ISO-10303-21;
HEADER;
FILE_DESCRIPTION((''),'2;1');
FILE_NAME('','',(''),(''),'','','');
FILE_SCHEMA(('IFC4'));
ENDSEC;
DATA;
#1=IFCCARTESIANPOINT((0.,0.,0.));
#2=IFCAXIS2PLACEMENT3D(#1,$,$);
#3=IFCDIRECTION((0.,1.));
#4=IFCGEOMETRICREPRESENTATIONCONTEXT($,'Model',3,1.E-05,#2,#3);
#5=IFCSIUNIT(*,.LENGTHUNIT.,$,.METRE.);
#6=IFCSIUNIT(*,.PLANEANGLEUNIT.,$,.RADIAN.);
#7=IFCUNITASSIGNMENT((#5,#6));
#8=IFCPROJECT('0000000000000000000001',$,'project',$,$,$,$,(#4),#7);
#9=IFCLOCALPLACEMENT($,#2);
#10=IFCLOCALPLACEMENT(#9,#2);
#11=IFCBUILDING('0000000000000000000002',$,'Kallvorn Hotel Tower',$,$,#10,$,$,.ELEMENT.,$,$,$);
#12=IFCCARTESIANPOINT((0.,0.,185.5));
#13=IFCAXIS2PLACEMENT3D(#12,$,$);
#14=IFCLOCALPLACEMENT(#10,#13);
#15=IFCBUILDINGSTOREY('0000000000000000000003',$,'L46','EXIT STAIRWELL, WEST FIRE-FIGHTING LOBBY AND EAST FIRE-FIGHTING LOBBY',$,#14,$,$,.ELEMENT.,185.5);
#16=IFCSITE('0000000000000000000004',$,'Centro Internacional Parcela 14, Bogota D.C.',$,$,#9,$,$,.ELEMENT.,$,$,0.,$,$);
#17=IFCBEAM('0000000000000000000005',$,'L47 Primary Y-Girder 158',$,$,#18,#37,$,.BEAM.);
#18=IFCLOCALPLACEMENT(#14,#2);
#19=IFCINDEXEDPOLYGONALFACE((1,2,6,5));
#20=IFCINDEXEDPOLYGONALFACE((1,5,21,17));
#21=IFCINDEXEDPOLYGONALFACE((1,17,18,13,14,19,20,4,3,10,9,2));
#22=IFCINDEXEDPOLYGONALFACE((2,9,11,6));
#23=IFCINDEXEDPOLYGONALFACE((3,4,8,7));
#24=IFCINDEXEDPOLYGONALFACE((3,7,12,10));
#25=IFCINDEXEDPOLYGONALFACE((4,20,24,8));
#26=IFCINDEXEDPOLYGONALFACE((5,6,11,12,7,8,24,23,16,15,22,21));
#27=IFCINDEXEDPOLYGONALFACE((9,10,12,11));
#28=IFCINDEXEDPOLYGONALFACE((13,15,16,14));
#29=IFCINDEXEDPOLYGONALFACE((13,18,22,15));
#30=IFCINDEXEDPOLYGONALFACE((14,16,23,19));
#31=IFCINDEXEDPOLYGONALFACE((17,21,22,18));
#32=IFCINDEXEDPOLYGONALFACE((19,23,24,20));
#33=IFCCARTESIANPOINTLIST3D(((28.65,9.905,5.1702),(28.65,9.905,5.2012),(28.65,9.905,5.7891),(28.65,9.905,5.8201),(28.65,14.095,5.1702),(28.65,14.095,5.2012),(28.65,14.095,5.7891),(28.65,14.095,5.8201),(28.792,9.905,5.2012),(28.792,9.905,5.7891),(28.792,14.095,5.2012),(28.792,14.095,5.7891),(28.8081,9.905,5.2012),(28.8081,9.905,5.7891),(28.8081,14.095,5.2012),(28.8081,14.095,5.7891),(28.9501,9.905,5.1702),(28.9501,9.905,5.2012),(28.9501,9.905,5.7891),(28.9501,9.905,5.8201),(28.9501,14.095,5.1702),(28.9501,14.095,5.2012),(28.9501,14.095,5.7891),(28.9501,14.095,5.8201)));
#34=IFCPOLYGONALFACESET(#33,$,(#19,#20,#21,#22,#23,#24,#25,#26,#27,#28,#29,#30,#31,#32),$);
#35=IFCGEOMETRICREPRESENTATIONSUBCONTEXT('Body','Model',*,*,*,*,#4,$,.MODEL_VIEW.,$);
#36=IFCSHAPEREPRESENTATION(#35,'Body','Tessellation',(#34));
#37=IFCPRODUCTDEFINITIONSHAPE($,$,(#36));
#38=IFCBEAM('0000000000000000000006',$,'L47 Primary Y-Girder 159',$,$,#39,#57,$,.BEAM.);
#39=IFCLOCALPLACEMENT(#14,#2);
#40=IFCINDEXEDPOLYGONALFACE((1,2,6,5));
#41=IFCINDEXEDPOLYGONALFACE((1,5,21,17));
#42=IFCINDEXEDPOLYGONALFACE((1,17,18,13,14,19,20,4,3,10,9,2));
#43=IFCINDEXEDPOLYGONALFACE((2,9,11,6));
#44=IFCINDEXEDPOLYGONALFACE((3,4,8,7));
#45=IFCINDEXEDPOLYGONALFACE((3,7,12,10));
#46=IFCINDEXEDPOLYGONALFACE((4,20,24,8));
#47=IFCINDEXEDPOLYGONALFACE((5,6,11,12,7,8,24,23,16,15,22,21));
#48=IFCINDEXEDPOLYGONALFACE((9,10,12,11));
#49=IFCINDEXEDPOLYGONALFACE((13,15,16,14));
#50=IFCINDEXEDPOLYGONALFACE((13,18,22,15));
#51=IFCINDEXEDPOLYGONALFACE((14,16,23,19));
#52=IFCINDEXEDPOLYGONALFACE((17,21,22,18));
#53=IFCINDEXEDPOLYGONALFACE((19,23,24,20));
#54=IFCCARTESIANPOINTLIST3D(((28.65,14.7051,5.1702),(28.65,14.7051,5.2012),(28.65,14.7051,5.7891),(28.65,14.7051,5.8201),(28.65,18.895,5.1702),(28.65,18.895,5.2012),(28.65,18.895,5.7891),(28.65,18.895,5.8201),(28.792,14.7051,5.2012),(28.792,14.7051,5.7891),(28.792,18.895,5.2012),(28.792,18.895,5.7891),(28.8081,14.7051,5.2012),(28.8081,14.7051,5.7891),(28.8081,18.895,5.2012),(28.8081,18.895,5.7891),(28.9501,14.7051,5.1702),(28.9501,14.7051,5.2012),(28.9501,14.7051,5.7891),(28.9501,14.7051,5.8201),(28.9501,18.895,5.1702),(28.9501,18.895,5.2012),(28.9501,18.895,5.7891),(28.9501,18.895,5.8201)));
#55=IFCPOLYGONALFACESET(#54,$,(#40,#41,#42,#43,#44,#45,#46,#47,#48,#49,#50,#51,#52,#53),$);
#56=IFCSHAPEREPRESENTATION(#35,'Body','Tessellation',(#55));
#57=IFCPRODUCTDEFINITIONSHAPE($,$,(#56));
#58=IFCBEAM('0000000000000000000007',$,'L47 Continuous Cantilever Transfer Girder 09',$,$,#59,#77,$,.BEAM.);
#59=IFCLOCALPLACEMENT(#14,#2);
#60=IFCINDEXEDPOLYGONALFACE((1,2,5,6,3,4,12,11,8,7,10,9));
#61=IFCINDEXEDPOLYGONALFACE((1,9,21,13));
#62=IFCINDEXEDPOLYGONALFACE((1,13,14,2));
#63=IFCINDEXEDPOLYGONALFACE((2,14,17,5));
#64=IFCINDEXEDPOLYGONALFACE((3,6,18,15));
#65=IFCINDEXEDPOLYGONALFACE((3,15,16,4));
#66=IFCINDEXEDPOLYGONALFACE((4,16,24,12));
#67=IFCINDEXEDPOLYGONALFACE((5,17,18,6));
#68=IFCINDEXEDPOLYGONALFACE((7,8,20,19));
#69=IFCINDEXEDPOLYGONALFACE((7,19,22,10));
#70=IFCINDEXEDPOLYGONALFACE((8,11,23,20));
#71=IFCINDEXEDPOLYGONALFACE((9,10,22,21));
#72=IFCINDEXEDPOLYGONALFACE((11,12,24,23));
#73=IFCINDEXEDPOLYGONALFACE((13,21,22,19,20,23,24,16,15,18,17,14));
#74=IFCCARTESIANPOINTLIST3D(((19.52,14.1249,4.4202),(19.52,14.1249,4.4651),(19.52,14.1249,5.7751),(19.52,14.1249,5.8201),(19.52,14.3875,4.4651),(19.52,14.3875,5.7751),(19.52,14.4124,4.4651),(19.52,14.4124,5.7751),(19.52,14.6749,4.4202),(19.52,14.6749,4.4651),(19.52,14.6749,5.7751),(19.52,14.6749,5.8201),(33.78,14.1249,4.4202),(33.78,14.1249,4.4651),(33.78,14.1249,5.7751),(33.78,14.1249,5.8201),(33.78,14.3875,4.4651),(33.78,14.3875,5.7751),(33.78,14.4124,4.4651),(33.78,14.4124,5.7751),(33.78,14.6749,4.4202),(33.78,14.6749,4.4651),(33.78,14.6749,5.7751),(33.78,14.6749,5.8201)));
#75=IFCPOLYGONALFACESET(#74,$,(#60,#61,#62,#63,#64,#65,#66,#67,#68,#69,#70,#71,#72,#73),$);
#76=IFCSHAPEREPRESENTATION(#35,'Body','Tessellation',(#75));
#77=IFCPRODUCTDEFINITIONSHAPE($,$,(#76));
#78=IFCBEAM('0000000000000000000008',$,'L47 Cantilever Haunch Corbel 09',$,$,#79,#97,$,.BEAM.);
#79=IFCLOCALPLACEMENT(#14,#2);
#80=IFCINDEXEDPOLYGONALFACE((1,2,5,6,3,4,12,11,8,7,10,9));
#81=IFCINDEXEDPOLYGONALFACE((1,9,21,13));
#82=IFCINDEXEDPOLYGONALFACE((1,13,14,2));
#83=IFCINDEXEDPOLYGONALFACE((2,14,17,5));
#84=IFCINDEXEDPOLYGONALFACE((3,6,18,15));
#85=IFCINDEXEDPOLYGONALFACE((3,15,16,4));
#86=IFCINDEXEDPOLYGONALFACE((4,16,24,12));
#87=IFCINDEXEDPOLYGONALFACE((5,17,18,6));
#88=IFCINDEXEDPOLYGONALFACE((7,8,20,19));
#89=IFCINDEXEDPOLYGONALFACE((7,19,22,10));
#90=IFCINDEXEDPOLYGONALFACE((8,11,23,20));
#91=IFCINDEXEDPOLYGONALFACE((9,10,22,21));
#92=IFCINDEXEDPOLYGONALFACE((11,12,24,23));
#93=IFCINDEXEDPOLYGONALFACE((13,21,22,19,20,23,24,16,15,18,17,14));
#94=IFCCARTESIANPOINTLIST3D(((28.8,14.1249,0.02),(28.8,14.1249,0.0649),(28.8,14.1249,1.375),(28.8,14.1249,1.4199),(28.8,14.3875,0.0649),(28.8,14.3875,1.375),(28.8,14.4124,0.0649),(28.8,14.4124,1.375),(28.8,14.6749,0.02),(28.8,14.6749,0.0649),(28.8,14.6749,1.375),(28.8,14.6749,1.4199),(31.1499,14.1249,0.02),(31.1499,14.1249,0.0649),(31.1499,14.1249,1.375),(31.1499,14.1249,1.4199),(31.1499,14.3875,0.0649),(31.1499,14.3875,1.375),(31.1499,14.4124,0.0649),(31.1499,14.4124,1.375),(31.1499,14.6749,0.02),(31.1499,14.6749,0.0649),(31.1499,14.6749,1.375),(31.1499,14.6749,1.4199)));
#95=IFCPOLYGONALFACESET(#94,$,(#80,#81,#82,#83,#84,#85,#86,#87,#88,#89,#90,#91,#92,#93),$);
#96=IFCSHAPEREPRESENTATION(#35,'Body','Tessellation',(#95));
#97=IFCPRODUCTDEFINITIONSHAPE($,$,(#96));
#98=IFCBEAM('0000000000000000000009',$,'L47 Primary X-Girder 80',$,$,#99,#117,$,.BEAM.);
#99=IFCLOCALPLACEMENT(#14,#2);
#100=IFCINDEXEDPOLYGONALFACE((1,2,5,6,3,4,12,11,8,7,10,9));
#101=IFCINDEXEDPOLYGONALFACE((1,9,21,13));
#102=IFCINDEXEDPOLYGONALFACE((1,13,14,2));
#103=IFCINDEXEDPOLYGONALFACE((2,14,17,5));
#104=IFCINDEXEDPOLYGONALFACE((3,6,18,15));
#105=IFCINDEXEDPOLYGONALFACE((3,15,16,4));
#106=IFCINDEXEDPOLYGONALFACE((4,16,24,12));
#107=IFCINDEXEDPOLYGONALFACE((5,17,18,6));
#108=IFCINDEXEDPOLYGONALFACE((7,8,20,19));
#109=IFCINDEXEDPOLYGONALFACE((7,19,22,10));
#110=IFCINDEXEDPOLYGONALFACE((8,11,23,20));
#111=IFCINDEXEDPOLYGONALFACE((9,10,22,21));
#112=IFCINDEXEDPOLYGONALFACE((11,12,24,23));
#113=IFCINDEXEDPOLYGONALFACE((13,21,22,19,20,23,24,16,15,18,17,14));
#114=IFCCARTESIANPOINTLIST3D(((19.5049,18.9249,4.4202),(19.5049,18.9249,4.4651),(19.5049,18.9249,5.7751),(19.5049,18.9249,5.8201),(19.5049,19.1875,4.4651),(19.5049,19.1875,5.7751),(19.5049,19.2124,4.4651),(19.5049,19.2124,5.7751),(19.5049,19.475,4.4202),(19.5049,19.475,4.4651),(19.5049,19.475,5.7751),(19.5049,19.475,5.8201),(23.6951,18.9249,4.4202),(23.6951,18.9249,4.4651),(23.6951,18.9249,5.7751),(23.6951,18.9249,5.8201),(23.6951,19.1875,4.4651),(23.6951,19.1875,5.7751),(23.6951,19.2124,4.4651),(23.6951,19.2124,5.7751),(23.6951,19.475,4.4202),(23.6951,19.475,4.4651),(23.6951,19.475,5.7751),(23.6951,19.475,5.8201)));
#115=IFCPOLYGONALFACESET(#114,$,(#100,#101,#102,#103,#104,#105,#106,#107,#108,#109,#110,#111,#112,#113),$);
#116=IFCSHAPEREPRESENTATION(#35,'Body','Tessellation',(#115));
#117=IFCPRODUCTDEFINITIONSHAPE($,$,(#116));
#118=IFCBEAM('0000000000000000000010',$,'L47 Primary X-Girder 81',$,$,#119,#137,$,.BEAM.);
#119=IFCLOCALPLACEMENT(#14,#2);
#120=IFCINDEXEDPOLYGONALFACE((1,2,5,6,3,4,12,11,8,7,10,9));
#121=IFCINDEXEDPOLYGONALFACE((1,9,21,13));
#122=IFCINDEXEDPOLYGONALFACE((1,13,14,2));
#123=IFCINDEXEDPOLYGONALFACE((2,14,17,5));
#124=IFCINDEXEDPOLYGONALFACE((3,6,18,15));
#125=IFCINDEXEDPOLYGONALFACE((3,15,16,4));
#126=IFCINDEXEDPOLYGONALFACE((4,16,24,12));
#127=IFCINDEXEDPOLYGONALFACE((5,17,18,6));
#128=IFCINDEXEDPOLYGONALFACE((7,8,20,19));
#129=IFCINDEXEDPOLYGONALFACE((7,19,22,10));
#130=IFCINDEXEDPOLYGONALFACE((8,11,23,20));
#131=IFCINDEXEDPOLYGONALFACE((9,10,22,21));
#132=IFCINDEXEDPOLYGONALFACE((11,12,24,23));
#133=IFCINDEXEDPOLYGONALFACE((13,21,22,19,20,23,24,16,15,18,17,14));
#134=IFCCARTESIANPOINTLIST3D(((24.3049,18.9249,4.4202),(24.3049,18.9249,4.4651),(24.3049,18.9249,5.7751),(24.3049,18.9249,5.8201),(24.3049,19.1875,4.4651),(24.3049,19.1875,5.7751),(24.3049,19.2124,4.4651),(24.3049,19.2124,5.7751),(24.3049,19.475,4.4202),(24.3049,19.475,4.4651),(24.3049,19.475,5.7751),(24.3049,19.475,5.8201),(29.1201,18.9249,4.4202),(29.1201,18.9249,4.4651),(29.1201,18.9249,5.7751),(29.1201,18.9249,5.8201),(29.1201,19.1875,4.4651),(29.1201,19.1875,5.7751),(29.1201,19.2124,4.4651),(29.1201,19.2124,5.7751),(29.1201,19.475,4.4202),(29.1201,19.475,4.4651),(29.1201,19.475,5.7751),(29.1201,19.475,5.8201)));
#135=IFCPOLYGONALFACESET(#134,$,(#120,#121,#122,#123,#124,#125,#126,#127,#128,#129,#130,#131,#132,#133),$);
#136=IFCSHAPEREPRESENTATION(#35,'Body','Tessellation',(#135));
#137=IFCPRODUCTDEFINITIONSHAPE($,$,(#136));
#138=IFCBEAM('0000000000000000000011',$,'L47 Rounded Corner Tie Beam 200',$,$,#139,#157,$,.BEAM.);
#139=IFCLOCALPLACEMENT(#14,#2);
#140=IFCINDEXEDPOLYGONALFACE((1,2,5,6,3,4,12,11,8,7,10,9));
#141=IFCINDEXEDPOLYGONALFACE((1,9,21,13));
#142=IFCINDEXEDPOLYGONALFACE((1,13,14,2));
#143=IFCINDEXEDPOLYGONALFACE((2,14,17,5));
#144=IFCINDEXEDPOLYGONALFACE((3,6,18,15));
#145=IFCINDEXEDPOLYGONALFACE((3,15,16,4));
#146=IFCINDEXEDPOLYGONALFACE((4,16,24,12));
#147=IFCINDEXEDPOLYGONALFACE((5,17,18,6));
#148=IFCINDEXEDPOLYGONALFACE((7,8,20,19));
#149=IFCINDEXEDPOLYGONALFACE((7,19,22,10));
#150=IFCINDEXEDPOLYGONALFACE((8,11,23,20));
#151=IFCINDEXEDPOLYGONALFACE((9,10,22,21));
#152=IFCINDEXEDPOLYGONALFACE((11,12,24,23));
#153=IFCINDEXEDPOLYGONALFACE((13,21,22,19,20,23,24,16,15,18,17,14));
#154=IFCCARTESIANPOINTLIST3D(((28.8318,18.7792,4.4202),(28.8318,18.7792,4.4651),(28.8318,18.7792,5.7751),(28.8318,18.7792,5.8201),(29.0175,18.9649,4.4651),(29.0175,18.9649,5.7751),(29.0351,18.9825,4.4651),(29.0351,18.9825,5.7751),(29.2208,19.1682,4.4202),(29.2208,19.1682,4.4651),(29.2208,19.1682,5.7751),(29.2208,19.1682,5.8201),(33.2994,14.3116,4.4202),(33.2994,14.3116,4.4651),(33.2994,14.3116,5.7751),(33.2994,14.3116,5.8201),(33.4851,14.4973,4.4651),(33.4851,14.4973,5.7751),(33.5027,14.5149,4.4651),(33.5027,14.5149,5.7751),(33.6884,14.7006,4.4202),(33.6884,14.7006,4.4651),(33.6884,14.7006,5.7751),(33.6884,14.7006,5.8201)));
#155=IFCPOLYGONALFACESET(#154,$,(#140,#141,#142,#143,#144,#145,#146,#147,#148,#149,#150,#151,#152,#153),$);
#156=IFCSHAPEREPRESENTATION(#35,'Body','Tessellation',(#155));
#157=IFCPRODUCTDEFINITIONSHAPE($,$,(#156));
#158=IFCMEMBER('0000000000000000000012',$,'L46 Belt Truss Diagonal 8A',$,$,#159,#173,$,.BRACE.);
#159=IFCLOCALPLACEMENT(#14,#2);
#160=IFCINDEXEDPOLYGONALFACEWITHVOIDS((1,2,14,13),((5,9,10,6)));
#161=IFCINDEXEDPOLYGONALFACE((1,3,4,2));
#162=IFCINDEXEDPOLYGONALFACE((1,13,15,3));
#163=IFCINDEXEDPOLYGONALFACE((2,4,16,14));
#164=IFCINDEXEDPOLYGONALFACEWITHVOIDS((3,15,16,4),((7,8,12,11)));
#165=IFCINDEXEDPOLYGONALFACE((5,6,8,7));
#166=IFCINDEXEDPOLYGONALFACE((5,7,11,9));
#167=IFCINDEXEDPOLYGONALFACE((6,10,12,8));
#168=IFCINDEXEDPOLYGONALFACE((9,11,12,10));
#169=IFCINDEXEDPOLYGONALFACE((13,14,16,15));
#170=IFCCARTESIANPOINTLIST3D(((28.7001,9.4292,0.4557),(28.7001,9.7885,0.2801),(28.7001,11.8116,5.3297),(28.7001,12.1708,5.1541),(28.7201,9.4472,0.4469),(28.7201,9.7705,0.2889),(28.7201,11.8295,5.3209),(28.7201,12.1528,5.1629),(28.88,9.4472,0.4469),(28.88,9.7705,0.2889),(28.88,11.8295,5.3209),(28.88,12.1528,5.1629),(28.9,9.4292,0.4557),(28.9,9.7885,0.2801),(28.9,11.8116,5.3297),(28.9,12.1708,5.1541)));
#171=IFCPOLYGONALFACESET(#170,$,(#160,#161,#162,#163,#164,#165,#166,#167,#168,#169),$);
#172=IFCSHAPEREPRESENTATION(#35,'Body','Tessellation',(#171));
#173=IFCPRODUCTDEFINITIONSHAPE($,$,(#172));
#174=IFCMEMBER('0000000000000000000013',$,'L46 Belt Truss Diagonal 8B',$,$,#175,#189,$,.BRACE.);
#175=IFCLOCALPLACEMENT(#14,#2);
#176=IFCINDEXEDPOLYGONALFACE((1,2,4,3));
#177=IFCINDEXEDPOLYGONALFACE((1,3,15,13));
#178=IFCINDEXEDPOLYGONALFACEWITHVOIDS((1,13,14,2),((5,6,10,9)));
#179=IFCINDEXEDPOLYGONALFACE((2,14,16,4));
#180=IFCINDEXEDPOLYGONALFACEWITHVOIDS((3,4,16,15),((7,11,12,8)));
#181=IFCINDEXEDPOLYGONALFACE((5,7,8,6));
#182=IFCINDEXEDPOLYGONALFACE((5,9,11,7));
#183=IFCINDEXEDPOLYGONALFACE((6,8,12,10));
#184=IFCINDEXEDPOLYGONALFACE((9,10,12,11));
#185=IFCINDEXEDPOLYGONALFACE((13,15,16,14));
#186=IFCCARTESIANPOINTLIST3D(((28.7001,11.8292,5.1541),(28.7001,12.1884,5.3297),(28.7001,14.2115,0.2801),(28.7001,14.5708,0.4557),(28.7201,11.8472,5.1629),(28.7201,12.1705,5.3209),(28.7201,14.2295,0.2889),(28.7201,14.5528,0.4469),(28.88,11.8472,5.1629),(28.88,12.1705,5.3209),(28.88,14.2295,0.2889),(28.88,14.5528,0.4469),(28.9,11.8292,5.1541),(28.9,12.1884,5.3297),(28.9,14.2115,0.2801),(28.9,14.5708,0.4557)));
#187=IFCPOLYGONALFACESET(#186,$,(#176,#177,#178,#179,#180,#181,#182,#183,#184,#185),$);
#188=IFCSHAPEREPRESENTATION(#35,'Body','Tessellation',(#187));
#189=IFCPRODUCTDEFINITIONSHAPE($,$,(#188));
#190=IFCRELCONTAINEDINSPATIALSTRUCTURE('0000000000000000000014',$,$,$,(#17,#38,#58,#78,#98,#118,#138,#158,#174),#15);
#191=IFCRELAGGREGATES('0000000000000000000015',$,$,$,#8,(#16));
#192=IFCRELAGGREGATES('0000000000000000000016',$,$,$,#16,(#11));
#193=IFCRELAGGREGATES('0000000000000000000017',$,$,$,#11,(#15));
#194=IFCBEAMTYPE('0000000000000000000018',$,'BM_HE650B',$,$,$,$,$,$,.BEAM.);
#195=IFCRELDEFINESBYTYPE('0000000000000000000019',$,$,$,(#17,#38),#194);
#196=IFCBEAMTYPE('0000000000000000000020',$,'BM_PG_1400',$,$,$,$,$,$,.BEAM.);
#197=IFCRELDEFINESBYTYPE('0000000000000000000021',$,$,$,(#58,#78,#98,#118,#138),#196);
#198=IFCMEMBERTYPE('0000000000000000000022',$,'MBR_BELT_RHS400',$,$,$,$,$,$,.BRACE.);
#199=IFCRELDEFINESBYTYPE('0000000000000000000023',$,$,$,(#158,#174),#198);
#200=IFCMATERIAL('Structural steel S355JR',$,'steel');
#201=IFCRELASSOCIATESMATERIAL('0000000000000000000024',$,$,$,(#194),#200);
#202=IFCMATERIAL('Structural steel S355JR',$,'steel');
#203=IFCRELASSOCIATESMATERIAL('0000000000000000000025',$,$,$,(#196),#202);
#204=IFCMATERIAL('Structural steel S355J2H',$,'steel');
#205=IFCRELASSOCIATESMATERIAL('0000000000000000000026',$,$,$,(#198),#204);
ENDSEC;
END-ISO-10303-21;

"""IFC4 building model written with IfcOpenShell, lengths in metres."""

from ifc_helpers import new_model, si_unit, direction, frame, origin, origin_2d, place, context, subcontext, project, spatial, hollow_rectangle, i_section, extrude, material, material_profile, profile_set, type_object, element, save


model = new_model("IFC4")

# Units and contexts
model_context = context("Model", 3, precision=1e-05, world=origin(), true_north=direction((0.0, 1.0)))
body_context = subcontext(model_context, "Body", "Model", "MODEL_VIEW")
ifc_project = project(units=[si_unit("LENGTHUNIT", "METRE"), si_unit("PLANEANGLEUNIT", "RADIAN")], contexts=[model_context])

# Site, building, storey
site_placement = place(None, origin())
site = spatial("IfcSite", under=ifc_project, at=site_placement, Name="Centro Internacional Parcela 14, Bogota D.C.", CompositionType="ELEMENT", RefElevation=0.0)
building_placement = place(site_placement, origin())
building = spatial("IfcBuilding", under=site, at=building_placement, Name="Kallvorn Hotel Tower", CompositionType="ELEMENT")
storey_placement = place(building_placement, frame((0.0, 0.0, 185.5)))
storey = spatial("IfcBuildingStorey", under=building, at=storey_placement, Name="L46", Description="EXIT STAIRWELL, WEST FIRE-FIGHTING LOBBY AND EAST FIRE-FIGHTING LOBBY", CompositionType="ELEMENT", Elevation=185.5)

# Beams
ifc_material_1 = material(Name="Structural steel S355JR", Category="steel")
ifc_material_profile_1 = material_profile(ifc_material_1, i_section(OverallWidth=0.3, OverallDepth=0.6499, WebThickness=0.0161, FlangeThickness=0.031, at=origin_2d()), Name="HE 650 B")
ifc_profile_set_1 = profile_set([ifc_material_profile_1], Name="Structural steel S355JR")
beam_type_1 = type_object("IfcBeamType", Name="BM_HE650B", PredefinedType="BEAM", material=ifc_profile_set_1)
for number, where, z_axis, x_axis, name in (
    (1, (28.8, 9.905, 5.4951), (0.0, 1.0, 0.0), (-1.0, 0.0, 0.0), "L47 Primary Y-Girder 158"),
    (2, (28.8, 14.7051, 5.4951), (0.0, 1.0, 0.0), (-1.0, 0.0, 0.0), "L47 Primary Y-Girder 159"),
):
    element("IfcBeam", number, at=place(storey_placement, frame(where, z_axis=z_axis, x_axis=x_axis)), inside=storey, type_object=beam_type_1, Name=name, PredefinedType="BEAM", context=body_context, shape_type="SweptSolid", body=[
        extrude(i_section(OverallWidth=0.3, OverallDepth=0.6499, WebThickness=0.0161, FlangeThickness=0.031, at=origin_2d()), origin(), (0.0, 0.0, 1.0), 4.1899),
    ])
ifc_material_2 = material(Name="Structural steel S355JR", Category="steel")
ifc_material_profile_2 = material_profile(ifc_material_2, i_section(OverallWidth=0.55, OverallDepth=1.3999, WebThickness=0.0249, FlangeThickness=0.0449, at=origin_2d()), Name="PG 1400x550x25x45")
ifc_profile_set_2 = profile_set([ifc_material_profile_2], Name="Structural steel S355JR")
beam_type_2 = type_object("IfcBeamType", Name="BM_PG_1400", PredefinedType="BEAM", material=ifc_profile_set_2)
beam_1_placement = place(storey_placement, frame((19.52, 14.3999, 5.1201), z_axis=(1.0, 0.0, 0.0), x_axis=(0.0, 1.0, 0.0)))
element("IfcBeam", 3, at=beam_1_placement, inside=storey, type_object=beam_type_2, Name="L47 Continuous Cantilever Transfer Girder 09", PredefinedType="BEAM", context=body_context, shape_type="SweptSolid", body=[
    extrude(i_section(OverallWidth=0.55, OverallDepth=1.3999, WebThickness=0.0249, FlangeThickness=0.0449, at=origin_2d()), origin(), (0.0, 0.0, 1.0), 14.26),
])
beam_2_placement = place(storey_placement, frame((28.8, 14.3999, 0.72), z_axis=(1.0, 0.0, 0.0), x_axis=(0.0, 1.0, 0.0)))
element("IfcBeam", 4, at=beam_2_placement, inside=storey, type_object=beam_type_2, Name="L47 Cantilever Haunch Corbel 09", PredefinedType="BEAM", context=body_context, shape_type="SweptSolid", body=[
    extrude(i_section(OverallWidth=0.55, OverallDepth=1.3999, WebThickness=0.0249, FlangeThickness=0.0449, at=origin_2d()), origin(), (0.0, 0.0, 1.0), 2.3499),
])
beam_3_placement = place(storey_placement, frame((19.5049, 19.2, 5.1201), z_axis=(1.0, 0.0, 0.0), x_axis=(0.0, 1.0, 0.0)))
element("IfcBeam", 5, at=beam_3_placement, inside=storey, type_object=beam_type_2, Name="L47 Primary X-Girder 80", PredefinedType="BEAM", context=body_context, shape_type="SweptSolid", body=[
    extrude(i_section(OverallWidth=0.55, OverallDepth=1.3999, WebThickness=0.0249, FlangeThickness=0.0449, at=origin_2d()), origin(), (0.0, 0.0, 1.0), 4.1902),
])
beam_4_placement = place(storey_placement, frame((24.3049, 19.2, 5.1201), z_axis=(1.0, 0.0, 0.0), x_axis=(0.0, 1.0, 0.0)))
element("IfcBeam", 6, at=beam_4_placement, inside=storey, type_object=beam_type_2, Name="L47 Primary X-Girder 81", PredefinedType="BEAM", context=body_context, shape_type="SweptSolid", body=[
    extrude(i_section(OverallWidth=0.55, OverallDepth=1.3999, WebThickness=0.0249, FlangeThickness=0.0449, at=origin_2d()), origin(), (0.0, 0.0, 1.0), 4.8152),
])
beam_5_placement = place(storey_placement, frame((33.4939, 14.5061, 5.1201), z_axis=(-0.707107, 0.707107, 0.0), x_axis=(-0.707107, -0.707107, 0.0)))
element("IfcBeam", 7, at=beam_5_placement, inside=storey, type_object=beam_type_2, Name="L47 Rounded Corner Tie Beam 200", PredefinedType="BEAM", context=body_context, shape_type="SweptSolid", body=[
    extrude(i_section(OverallWidth=0.55, OverallDepth=1.3999, WebThickness=0.0249, FlangeThickness=0.0449, at=origin_2d()), origin(), (0.0, 0.0, 1.0), 6.3181),
])

# Members
ifc_material_3 = material(Name="Structural steel S355J2H", Category="steel")
ifc_material_profile_3 = material_profile(ifc_material_3, hollow_rectangle(XDim=0.2, YDim=0.3999, WallThickness=0.02, at=origin_2d()), Name="RHS 400x200x20")
ifc_profile_set_3 = profile_set([ifc_material_profile_3], Name="Structural steel S355J2H")
member_type_1 = type_object("IfcMemberType", Name="MBR_BELT_RHS400", PredefinedType="BRACE", material=ifc_profile_set_3)
for number, where, z_axis, x_axis, name in (
    (8, (28.8, 9.6089, 0.3679), (0.0, 0.439131, 0.898423), (-1.0, 0.0, 0.0), "L46 Belt Truss Diagonal 8A"),
    (9, (28.8, 14.3911, 0.3679), (0.0, -0.439131, 0.898423), (1.0, 0.0, 0.0), "L46 Belt Truss Diagonal 8B"),
):
    element("IfcMember", number, at=place(storey_placement, frame(where, z_axis=z_axis, x_axis=x_axis)), inside=storey, type_object=member_type_1, Name=name, PredefinedType="BRACE", context=body_context, shape_type="SweptSolid", body=[
        extrude(hollow_rectangle(XDim=0.2, YDim=0.3999, WallThickness=0.02, at=origin_2d()), origin(), (0.0, 0.0, 1.0), 5.425),
    ])

save(model, "model.ifc")
